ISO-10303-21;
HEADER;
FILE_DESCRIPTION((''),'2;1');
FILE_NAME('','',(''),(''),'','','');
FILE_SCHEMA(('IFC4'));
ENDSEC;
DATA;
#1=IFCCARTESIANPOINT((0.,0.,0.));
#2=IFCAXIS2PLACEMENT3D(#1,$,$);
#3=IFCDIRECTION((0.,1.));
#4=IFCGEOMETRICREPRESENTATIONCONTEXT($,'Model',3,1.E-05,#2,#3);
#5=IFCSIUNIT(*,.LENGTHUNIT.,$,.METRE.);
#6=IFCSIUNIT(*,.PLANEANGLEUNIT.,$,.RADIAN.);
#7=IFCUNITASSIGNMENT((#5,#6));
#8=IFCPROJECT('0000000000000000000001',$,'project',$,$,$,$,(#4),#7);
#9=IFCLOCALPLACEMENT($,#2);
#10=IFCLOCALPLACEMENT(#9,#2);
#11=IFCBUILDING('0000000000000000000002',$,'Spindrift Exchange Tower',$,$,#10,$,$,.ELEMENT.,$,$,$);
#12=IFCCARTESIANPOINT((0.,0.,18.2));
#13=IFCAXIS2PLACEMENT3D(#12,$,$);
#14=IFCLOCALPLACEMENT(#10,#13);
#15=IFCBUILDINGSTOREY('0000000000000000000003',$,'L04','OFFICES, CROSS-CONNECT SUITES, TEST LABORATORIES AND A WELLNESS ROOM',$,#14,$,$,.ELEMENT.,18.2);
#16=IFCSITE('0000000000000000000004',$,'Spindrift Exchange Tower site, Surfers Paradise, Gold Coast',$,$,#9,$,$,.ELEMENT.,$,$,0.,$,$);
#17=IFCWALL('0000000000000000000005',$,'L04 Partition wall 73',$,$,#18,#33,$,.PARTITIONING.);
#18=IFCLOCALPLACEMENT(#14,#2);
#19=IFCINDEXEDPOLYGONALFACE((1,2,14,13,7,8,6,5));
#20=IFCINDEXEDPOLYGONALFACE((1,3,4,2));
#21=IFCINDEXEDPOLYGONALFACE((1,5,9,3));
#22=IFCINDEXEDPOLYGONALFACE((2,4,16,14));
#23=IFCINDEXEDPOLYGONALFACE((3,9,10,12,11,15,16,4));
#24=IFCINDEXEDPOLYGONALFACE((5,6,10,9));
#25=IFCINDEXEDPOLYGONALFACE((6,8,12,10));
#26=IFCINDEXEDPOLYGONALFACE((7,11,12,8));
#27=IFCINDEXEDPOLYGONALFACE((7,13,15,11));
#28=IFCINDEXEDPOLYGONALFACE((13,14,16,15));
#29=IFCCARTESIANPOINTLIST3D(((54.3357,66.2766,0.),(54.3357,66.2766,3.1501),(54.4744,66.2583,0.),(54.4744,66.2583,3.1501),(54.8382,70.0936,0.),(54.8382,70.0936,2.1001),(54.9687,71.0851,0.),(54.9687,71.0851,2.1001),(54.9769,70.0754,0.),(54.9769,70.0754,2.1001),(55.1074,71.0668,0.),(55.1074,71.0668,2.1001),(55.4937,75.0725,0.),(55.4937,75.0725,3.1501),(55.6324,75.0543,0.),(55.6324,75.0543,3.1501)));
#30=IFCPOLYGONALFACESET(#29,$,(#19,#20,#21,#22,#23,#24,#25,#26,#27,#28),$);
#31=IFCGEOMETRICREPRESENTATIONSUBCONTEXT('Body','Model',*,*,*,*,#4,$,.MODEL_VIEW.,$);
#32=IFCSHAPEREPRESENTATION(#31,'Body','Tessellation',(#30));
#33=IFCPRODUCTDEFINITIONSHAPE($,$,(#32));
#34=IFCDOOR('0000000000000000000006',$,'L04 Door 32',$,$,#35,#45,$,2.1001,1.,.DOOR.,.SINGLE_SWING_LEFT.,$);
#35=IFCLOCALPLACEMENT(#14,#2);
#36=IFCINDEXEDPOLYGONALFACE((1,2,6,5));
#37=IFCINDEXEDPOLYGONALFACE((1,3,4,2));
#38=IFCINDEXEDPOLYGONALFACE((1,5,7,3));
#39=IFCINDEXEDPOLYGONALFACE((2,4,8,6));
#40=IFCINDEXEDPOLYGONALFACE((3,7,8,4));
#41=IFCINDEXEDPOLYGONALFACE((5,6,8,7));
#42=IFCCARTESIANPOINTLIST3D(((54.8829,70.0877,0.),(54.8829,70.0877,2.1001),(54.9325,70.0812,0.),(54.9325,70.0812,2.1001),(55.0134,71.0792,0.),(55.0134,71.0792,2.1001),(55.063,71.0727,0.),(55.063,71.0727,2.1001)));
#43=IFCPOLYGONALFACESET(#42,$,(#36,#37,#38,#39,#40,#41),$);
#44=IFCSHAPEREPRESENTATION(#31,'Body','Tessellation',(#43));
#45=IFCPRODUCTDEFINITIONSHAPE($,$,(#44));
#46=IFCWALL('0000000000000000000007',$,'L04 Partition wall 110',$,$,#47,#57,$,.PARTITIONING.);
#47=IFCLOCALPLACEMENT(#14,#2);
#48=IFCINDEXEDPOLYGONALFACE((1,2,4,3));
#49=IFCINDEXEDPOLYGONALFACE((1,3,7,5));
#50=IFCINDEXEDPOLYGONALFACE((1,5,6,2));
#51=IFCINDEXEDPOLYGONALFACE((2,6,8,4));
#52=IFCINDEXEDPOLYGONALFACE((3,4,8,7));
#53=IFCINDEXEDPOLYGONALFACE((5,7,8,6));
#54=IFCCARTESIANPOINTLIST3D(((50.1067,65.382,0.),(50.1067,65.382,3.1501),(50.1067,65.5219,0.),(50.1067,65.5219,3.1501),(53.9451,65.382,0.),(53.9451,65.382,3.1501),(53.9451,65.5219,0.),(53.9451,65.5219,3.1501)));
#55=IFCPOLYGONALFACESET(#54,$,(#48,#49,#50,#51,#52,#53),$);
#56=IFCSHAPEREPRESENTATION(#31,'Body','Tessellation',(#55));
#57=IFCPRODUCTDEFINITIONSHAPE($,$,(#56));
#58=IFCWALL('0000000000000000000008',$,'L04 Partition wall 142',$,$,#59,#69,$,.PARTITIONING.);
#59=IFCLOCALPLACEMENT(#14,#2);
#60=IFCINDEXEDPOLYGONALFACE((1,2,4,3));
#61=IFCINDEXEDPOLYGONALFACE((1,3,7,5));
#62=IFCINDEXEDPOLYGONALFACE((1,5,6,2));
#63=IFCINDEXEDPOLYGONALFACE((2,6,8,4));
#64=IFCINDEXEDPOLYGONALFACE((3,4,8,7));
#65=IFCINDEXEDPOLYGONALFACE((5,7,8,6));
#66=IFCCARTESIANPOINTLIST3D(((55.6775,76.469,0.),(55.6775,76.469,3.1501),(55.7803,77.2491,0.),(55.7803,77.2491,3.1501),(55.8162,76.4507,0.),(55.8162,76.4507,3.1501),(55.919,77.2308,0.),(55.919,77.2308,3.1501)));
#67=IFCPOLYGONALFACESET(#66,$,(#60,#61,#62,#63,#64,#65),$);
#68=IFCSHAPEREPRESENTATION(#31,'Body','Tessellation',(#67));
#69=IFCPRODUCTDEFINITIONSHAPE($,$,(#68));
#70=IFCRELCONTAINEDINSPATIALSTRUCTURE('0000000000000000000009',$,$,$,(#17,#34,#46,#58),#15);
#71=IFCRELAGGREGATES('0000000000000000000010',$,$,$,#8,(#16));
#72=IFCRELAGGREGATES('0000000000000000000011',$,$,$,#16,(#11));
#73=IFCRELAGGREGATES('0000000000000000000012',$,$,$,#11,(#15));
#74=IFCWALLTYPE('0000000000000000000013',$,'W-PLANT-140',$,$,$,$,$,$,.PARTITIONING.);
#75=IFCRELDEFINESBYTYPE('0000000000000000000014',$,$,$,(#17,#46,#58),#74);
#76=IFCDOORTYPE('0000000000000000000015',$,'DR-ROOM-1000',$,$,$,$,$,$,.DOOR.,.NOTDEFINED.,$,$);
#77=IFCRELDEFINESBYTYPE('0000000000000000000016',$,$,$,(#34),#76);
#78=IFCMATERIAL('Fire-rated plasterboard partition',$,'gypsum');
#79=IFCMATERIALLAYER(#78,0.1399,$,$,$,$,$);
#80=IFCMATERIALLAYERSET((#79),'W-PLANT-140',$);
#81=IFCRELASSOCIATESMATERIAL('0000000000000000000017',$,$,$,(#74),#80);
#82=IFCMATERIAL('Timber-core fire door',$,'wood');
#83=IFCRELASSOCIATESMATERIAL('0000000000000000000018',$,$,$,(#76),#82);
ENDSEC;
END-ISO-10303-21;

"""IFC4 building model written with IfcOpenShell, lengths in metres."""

from ifc_helpers import new_model, si_unit, direction, frame, frame_2d, origin, place, context, subcontext, project, spatial, rectangle, extrude, source, transform, mapped, material, layer, layer_set, type_object, element, fill, save


model = new_model("IFC4")

# Units and contexts
model_context = context("Model", 3, precision=1e-05, world=origin(), true_north=direction((0.0, 1.0)))
body_context = subcontext(model_context, "Body", "Model", "MODEL_VIEW")
ifc_project = project(units=[si_unit("LENGTHUNIT", "METRE"), si_unit("PLANEANGLEUNIT", "RADIAN")], contexts=[model_context])

# Site, building, storey
site_placement = place(None, origin())
site = spatial("IfcSite", under=ifc_project, at=site_placement, Name="Spindrift Exchange Tower site, Surfers Paradise, Gold Coast", CompositionType="ELEMENT", RefElevation=0.0)
building_placement = place(site_placement, origin())
building = spatial("IfcBuilding", under=site, at=building_placement, Name="Spindrift Exchange Tower", CompositionType="ELEMENT")
storey_placement = place(building_placement, frame((0.0, 0.0, 18.2)))
storey = spatial("IfcBuildingStorey", under=building, at=storey_placement, Name="L04", Description="OFFICES, CROSS-CONNECT SUITES, TEST LABORATORIES AND A WELLNESS ROOM", CompositionType="ELEMENT", Elevation=18.2)

# Shared definitions
ifc_material_1 = material(Name="Fire-rated plasterboard partition", Category="gypsum")

# Wall, opening, door
ifc_layer_1 = layer(ifc_material_1, 0.1399)
ifc_layer_set_1 = layer_set([ifc_layer_1], Name="W-PLANT-140")
wall_type_1 = type_object("IfcWallType", Name="W-PLANT-140", PredefinedType="PARTITIONING", material=ifc_layer_set_1)
wall_1_placement = place(storey_placement, frame((54.405, 66.2673, 0.0), z_axis=(0.0, 0.0, 1.0), x_axis=(0.130521, 0.991445, 0.0)))
wall_1 = element("IfcWall", 1, at=wall_1_placement, inside=storey, type_object=wall_type_1, Name="L04 Partition wall 73", PredefinedType="PARTITIONING", context=body_context, shape_type="SweptSolid", body=[
    extrude(rectangle(XDim=8.8718, YDim=0.1399, at=frame_2d((4.436, 0.0))), origin(), (0.0, 0.0, 1.0), 3.1501),
])
opening_placement = place(wall_1_placement, frame((3.8501, 0.0, 0.0)))
opening = element("IfcOpeningElement", 2, at=opening_placement, cuts=wall_1, PredefinedType="OPENING", context=body_context, shape_type="SweptSolid", body=[
    extrude(rectangle(XDim=1.0, YDim=2.1001, at=frame_2d((0.5, 1.05))), frame((0.0, 0.0798, 0.0), z_axis=(0.0, -1.0, 0.0), x_axis=(1.0, 0.0, 0.0)), (0.0, 0.0, 1.0), 0.1599),
])
ifc_material_2 = material(Name="Timber-core fire door", Category="wood")
door_type = type_object("IfcDoorType", Name="DR-ROOM-1000", OperationType="NOTDEFINED", PredefinedType="DOOR", material=ifc_material_2)
shared_shape_1 = source(origin(), body_context, "Body", "SweptSolid", [
    extrude(rectangle(XDim=1.0, YDim=2.1001, at=frame_2d((0.5, 1.05))), frame((0.0, 0.0249, 0.0), z_axis=(0.0, -1.0, 0.0), x_axis=(1.0, 0.0, 0.0)), (0.0, 0.0, 1.0), 0.05),
])
door_placement = place(opening_placement, origin())
door = element("IfcDoor", 3, at=door_placement, inside=storey, type_object=door_type, Name="L04 Door 32", OperationType="SINGLE_SWING_LEFT", OverallHeight=2.1001, OverallWidth=1.0, PredefinedType="DOOR", context=body_context, shape_type="MappedRepresentation", body=[
    mapped(shared_shape_1, transform((0.0, 0.0, 0.0), scale=1.0)),
])
fill(opening, door)

# Walls
wall_2_placement = place(storey_placement, frame((53.9451, 65.4519, 0.0), z_axis=(0.0, 0.0, 1.0), x_axis=(-1.0, 0.0, 0.0)))
element("IfcWall", 4, at=wall_2_placement, inside=storey, type_object=wall_type_1, Name="L04 Partition wall 110", PredefinedType="PARTITIONING", context=body_context, shape_type="SweptSolid", body=[
    extrude(rectangle(XDim=3.8384, YDim=0.1399, at=frame_2d((1.9192, 0.0))), origin(), (0.0, 0.0, 1.0), 3.1501),
])
wall_3_placement = place(storey_placement, frame((55.7468, 76.4597, 0.0), z_axis=(0.0, 0.0, 1.0), x_axis=(0.130639, 0.99143, 0.0)))
element("IfcWall", 5, at=wall_3_placement, inside=storey, type_object=wall_type_1, Name="L04 Partition wall 142", PredefinedType="PARTITIONING", context=body_context, shape_type="SweptSolid", body=[
    extrude(rectangle(XDim=0.7869, YDim=0.1399, at=frame_2d((0.3936, 0.0))), origin(), (0.0, 0.0, 1.0), 3.1501),
])

save(model, "model.ifc")
